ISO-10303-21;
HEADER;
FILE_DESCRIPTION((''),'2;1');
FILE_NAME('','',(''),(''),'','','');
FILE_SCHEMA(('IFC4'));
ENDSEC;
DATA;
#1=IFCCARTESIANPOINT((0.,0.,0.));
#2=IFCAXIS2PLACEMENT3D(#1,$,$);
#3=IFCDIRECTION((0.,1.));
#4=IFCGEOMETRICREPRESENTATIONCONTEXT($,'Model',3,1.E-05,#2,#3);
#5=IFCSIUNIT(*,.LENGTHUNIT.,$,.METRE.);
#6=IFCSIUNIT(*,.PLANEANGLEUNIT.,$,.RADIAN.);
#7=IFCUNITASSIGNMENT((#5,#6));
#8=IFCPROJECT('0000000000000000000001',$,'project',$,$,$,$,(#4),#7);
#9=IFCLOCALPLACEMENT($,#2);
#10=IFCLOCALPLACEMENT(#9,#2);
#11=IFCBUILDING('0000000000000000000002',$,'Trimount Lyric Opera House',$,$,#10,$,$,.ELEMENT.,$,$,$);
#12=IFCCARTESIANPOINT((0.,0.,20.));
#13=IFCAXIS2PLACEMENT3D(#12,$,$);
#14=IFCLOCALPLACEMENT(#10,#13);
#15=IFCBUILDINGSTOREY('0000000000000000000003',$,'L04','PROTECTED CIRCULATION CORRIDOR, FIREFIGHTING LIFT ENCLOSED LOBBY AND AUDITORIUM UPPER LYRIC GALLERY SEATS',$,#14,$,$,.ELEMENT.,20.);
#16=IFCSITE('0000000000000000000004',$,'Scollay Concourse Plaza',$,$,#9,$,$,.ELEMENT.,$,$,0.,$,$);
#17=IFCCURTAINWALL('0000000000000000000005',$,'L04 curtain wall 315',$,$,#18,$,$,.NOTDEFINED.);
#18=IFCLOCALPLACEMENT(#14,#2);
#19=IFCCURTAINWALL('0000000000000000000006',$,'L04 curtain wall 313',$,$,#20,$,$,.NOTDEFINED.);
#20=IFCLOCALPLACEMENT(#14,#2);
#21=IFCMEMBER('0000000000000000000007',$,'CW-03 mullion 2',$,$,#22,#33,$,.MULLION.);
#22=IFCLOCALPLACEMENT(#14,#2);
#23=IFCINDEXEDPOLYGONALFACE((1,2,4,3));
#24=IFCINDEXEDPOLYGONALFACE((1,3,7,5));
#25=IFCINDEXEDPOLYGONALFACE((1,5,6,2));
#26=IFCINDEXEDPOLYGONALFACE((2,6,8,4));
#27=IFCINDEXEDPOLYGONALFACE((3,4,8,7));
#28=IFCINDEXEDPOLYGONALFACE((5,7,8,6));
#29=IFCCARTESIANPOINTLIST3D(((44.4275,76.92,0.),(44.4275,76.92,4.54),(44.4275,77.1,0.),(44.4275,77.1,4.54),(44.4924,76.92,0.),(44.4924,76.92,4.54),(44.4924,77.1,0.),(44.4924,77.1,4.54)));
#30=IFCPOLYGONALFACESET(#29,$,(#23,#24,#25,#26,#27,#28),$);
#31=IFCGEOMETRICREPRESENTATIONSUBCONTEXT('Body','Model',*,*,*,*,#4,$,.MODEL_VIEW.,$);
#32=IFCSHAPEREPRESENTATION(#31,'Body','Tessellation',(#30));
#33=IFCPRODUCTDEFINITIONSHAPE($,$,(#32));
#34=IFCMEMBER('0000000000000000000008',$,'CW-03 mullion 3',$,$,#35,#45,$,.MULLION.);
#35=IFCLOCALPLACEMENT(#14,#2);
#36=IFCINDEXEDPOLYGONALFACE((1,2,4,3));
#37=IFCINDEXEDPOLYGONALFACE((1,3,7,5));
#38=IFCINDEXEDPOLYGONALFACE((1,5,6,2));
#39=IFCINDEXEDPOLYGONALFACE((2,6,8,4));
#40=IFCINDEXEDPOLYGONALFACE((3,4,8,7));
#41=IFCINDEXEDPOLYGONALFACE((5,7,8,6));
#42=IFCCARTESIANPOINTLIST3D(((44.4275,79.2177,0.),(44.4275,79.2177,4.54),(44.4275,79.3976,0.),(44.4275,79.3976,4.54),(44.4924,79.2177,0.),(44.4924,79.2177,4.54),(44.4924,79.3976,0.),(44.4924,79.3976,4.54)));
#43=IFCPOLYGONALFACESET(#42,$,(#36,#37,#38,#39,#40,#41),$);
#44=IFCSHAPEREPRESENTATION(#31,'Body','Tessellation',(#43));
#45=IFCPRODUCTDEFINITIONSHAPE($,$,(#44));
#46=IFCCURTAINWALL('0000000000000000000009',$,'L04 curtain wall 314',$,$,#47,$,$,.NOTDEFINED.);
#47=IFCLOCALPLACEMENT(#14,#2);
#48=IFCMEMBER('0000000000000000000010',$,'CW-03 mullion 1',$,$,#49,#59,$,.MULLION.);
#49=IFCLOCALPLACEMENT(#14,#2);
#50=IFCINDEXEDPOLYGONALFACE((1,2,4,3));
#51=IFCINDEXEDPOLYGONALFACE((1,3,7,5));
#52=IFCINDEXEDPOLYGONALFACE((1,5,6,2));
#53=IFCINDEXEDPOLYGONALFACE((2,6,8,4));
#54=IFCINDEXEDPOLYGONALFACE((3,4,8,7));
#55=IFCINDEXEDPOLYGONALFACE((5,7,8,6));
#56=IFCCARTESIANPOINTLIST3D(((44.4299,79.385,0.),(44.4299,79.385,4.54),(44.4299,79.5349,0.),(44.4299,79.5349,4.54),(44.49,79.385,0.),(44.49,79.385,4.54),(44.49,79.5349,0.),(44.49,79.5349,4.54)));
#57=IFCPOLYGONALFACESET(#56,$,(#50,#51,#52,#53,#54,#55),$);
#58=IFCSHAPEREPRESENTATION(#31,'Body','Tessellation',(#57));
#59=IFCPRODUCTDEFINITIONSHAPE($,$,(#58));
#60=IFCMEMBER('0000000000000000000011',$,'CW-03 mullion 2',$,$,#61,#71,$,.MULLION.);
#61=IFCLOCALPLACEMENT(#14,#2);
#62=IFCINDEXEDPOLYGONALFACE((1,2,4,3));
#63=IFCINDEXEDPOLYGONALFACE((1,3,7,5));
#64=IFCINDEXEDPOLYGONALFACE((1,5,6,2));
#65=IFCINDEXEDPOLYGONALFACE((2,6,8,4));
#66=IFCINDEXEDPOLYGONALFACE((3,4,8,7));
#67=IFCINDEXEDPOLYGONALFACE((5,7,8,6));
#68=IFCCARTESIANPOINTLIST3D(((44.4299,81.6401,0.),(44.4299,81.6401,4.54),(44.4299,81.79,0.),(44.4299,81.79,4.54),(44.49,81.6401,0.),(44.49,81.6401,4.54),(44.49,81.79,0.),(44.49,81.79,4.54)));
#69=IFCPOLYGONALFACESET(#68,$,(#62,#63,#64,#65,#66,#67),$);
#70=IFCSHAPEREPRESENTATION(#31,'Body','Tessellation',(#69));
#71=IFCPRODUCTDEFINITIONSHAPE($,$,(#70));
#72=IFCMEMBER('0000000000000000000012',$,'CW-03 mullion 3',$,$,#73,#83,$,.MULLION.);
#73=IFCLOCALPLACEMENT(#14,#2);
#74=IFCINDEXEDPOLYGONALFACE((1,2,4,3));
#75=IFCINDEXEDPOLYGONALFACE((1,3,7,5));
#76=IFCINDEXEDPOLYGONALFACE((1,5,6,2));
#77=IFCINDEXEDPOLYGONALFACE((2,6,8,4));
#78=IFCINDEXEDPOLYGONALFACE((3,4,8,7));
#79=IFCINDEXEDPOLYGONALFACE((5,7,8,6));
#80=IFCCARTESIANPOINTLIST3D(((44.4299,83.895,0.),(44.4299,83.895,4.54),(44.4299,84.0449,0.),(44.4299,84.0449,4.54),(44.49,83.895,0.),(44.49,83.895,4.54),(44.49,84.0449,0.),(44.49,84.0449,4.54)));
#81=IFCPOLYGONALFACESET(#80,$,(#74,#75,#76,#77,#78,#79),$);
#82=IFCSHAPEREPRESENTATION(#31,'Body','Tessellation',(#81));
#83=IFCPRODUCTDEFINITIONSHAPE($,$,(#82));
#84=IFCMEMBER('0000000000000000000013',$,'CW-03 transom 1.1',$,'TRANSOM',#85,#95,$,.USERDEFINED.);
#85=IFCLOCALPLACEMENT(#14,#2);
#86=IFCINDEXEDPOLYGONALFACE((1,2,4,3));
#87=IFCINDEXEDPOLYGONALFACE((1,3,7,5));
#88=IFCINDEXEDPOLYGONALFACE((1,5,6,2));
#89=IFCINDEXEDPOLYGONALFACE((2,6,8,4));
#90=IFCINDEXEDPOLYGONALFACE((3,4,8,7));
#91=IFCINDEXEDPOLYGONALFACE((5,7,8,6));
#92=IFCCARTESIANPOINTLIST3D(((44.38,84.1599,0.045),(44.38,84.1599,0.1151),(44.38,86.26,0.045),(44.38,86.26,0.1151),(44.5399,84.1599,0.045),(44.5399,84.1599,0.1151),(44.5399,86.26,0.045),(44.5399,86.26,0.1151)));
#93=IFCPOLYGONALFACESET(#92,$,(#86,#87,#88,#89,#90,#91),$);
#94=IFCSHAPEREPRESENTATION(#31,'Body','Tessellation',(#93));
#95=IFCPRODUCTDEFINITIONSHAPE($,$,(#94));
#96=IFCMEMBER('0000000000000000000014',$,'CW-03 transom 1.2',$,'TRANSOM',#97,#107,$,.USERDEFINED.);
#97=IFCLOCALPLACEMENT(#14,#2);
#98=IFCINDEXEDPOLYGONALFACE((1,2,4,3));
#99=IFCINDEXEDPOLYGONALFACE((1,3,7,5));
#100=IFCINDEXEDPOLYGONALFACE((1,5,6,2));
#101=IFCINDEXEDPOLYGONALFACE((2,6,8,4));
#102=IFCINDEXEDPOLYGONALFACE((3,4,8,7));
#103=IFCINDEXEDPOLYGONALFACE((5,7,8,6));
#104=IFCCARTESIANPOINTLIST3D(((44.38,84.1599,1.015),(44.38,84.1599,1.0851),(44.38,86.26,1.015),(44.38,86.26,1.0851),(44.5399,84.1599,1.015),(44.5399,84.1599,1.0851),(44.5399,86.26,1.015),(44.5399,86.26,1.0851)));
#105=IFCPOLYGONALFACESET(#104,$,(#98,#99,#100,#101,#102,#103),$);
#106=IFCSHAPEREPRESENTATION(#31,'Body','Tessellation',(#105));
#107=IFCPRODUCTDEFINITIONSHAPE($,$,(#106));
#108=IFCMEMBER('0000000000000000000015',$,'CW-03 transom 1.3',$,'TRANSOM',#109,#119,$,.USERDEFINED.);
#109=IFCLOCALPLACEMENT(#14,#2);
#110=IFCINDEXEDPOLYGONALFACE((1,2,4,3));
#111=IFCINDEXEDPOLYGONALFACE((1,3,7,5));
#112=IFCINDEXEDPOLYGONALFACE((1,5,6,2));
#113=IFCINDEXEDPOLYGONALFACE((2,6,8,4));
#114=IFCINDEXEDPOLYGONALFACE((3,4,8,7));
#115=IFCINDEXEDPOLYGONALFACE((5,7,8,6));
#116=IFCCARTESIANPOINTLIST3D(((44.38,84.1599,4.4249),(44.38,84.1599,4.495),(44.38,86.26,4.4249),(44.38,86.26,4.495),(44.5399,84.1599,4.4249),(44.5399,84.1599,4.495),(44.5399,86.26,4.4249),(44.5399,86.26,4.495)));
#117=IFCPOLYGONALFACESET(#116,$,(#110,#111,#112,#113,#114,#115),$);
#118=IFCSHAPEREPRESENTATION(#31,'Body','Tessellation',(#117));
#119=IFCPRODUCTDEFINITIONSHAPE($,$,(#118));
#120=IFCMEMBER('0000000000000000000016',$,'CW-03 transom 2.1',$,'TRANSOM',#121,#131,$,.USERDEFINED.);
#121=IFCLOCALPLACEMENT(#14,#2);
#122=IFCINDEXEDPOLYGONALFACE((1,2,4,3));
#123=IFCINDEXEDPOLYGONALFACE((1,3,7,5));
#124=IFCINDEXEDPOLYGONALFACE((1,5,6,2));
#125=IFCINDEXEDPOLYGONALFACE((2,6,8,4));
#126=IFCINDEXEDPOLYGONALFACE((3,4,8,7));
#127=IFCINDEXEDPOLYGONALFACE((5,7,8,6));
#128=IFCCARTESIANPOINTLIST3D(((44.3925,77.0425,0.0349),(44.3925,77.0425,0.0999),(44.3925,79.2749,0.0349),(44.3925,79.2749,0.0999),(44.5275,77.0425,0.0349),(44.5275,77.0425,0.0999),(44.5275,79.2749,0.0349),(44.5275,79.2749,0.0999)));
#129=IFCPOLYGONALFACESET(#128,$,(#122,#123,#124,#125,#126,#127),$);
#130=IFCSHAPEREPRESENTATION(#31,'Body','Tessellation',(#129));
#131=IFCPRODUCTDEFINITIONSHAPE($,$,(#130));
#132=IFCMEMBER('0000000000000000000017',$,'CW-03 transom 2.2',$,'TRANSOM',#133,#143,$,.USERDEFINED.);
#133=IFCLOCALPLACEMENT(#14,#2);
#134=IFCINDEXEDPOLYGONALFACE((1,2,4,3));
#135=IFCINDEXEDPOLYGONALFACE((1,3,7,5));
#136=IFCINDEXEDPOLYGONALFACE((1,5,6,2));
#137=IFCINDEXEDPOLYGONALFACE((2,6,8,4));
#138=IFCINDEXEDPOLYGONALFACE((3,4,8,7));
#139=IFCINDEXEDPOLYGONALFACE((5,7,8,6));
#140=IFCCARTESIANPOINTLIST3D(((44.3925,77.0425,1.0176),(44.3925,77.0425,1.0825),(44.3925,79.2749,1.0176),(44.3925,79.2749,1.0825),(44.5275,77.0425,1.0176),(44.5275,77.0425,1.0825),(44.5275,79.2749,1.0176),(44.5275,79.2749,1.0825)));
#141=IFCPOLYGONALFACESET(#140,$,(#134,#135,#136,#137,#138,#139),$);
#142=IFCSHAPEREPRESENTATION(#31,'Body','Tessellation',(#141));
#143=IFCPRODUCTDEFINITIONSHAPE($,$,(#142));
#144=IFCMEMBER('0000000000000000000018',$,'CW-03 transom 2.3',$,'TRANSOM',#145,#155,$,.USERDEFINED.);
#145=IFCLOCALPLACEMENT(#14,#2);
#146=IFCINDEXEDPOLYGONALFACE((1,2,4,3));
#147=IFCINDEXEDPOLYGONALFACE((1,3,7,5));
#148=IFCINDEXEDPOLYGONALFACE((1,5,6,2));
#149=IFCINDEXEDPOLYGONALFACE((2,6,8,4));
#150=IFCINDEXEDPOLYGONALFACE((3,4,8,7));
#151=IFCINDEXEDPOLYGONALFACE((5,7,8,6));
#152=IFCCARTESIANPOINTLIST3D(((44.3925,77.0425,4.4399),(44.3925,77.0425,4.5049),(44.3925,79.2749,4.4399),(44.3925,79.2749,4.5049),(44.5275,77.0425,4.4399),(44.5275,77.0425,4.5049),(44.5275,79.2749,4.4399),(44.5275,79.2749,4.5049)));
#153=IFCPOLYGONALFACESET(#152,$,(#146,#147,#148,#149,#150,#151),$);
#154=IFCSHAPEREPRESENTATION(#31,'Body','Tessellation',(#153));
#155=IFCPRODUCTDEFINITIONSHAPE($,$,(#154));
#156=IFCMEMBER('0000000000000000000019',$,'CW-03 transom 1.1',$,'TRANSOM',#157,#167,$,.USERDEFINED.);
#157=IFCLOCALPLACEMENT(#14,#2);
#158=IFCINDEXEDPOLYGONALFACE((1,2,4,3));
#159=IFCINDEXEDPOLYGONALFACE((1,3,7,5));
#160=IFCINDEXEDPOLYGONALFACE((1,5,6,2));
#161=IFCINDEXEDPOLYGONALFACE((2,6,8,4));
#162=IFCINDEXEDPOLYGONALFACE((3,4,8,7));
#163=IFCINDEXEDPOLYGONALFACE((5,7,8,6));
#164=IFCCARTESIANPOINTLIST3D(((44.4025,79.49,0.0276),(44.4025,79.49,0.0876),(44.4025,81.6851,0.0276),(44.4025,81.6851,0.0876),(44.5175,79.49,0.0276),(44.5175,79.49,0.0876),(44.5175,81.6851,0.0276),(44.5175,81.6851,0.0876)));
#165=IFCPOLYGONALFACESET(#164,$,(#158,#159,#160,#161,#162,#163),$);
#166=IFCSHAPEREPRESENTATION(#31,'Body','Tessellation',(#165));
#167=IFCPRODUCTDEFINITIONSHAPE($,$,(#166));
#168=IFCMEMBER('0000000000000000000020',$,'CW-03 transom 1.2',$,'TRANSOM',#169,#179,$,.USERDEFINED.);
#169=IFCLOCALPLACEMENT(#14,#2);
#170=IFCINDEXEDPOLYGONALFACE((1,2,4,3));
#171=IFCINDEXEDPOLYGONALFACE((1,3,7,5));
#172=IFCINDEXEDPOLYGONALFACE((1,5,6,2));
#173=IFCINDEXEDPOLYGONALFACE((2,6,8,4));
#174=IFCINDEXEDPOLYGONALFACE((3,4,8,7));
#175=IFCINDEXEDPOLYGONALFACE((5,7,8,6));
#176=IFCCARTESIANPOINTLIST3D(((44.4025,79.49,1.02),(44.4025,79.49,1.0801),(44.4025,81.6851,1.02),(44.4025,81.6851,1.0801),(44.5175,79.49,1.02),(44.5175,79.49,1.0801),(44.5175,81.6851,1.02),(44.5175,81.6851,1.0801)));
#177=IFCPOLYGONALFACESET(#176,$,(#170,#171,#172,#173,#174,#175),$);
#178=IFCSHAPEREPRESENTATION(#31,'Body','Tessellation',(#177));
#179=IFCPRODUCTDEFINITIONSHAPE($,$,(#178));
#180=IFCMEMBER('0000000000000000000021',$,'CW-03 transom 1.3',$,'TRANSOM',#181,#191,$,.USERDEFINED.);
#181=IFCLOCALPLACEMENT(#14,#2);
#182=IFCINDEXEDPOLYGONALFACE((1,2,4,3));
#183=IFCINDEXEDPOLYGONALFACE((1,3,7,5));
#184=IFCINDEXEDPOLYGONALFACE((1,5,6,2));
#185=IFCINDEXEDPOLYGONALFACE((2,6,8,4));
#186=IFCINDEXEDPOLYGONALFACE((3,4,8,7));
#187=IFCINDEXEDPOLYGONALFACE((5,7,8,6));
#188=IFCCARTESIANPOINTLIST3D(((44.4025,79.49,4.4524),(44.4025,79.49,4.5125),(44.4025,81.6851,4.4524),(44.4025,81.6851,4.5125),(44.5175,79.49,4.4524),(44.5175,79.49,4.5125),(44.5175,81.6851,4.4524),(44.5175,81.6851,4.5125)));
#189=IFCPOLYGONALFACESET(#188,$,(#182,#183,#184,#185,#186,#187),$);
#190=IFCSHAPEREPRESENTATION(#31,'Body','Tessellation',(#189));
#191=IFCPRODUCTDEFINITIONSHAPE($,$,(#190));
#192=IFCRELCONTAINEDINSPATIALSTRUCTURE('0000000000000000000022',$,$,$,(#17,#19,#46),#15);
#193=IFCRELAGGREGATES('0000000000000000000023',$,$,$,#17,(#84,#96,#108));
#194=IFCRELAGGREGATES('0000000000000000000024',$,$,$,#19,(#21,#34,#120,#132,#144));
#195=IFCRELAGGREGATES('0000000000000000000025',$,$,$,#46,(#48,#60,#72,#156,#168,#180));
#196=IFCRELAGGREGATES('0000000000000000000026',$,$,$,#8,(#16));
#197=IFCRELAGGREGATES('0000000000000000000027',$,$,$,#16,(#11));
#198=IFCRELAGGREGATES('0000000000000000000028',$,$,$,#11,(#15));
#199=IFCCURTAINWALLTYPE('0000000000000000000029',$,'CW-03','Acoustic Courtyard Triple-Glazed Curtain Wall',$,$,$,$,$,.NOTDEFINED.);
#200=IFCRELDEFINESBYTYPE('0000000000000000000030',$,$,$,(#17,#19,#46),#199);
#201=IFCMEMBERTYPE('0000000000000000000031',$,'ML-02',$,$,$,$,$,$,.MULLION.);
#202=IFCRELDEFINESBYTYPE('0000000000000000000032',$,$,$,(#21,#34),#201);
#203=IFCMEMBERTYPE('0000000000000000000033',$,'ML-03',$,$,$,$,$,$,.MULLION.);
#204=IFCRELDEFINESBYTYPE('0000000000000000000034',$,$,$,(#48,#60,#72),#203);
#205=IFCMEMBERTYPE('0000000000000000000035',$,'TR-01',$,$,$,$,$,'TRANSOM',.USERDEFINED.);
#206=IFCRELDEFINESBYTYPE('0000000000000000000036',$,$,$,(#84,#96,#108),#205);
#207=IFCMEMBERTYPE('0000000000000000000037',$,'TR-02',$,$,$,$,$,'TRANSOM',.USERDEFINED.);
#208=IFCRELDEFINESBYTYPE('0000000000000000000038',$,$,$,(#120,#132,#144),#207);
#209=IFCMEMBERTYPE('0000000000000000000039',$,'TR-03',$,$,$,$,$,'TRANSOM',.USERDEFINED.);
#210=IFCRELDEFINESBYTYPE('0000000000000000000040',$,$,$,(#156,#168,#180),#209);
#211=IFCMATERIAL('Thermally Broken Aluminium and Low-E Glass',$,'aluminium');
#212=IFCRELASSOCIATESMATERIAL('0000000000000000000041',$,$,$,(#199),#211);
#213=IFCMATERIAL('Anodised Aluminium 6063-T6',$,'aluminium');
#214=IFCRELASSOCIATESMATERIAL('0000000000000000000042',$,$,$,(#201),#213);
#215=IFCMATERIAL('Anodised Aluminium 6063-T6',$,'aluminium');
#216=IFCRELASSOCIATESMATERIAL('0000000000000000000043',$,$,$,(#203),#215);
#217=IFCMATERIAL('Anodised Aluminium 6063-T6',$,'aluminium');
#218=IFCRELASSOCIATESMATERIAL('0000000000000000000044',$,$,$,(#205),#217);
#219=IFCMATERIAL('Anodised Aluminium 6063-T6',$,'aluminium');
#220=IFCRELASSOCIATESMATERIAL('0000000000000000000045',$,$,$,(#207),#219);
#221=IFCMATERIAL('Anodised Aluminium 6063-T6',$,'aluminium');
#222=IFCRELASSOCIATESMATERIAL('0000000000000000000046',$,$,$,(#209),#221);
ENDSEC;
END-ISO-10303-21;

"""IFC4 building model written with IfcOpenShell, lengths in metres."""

from ifc_helpers import new_model, si_unit, direction, frame, origin, origin_2d, place, context, subcontext, project, spatial, rectangle, extrude, material, material_profile, profile_set, type_object, element, aggregate, save


model = new_model("IFC4")

# Units and contexts
model_context = context("Model", 3, precision=1e-05, world=origin(), true_north=direction((0.0, 1.0)))
body_context = subcontext(model_context, "Body", "Model", "MODEL_VIEW")
ifc_project = project(units=[si_unit("LENGTHUNIT", "METRE"), si_unit("PLANEANGLEUNIT", "RADIAN")], contexts=[model_context])

# Site, building, storey
site_placement = place(None, origin())
site = spatial("IfcSite", under=ifc_project, at=site_placement, Name="Scollay Concourse Plaza", CompositionType="ELEMENT", RefElevation=0.0)
building_placement = place(site_placement, origin())
building = spatial("IfcBuilding", under=site, at=building_placement, Name="Trimount Lyric Opera House", CompositionType="ELEMENT")
storey_placement = place(building_placement, frame((0.0, 0.0, 20.0)))
storey = spatial("IfcBuildingStorey", under=building, at=storey_placement, Name="L04", Description="PROTECTED CIRCULATION CORRIDOR, FIREFIGHTING LIFT ENCLOSED LOBBY AND AUDITORIUM UPPER LYRIC GALLERY SEATS", CompositionType="ELEMENT", Elevation=20.0)

# Curtain wall
ifc_material_1 = material(Name="Thermally Broken Aluminium and Low-E Glass", Category="aluminium")
curtain_wall_type = type_object("IfcCurtainWallType", Name="CW-03", Description="Acoustic Courtyard Triple-Glazed Curtain Wall", PredefinedType="NOTDEFINED", material=ifc_material_1)
curtain_wall_1_placement = place(storey_placement, origin())
curtain_wall_1 = element("IfcCurtainWall", 1, at=curtain_wall_1_placement, inside=storey, type_object=curtain_wall_type, Name="L04 curtain wall 315", PredefinedType="NOTDEFINED")

# Curtain walls, members
curtain_wall_2_placement = place(storey_placement, origin())
curtain_wall_2 = element("IfcCurtainWall", 2, at=curtain_wall_2_placement, inside=storey, type_object=curtain_wall_type, Name="L04 curtain wall 313", PredefinedType="NOTDEFINED")
ifc_material_2 = material(Name="Anodised Aluminium 6063-T6", Category="aluminium")
ifc_material_profile_1 = material_profile(ifc_material_2, rectangle(XDim=0.0649, YDim=0.1799, at=origin_2d()), Name="ALU-MULL-65X180")
ifc_profile_set_1 = profile_set([ifc_material_profile_1], Name="Anodised Aluminium 6063-T6")
member_type_1 = type_object("IfcMemberType", Name="ML-02", PredefinedType="MULLION", material=ifc_profile_set_1)
member_1_placement = place(storey_placement, frame((44.46, 77.01, 0.0), z_axis=(0.0, 0.0, 1.0), x_axis=(-1.0, 0.0, 0.0)))
member_1 = element("IfcMember", 3, at=member_1_placement, type_object=member_type_1, Name="CW-03 mullion 2", PredefinedType="MULLION", context=body_context, shape_type="SweptSolid", body=[
    extrude(rectangle(XDim=0.0649, YDim=0.1799, at=origin_2d()), origin(), (0.0, 0.0, 1.0), 4.54),
])
member_2_placement = place(storey_placement, frame((44.46, 79.3076, 0.0), z_axis=(0.0, 0.0, 1.0), x_axis=(-1.0, 0.0, 0.0)))
member_2 = element("IfcMember", 4, at=member_2_placement, type_object=member_type_1, Name="CW-03 mullion 3", PredefinedType="MULLION", context=body_context, shape_type="SweptSolid", body=[
    extrude(rectangle(XDim=0.0649, YDim=0.1799, at=origin_2d()), origin(), (0.0, 0.0, 1.0), 4.54),
])
curtain_wall_3_placement = place(storey_placement, origin())
curtain_wall_3 = element("IfcCurtainWall", 5, at=curtain_wall_3_placement, inside=storey, type_object=curtain_wall_type, Name="L04 curtain wall 314", PredefinedType="NOTDEFINED")
ifc_material_3 = material(Name="Anodised Aluminium 6063-T6", Category="aluminium")
ifc_material_profile_2 = material_profile(ifc_material_3, rectangle(XDim=0.0601, YDim=0.1499, at=origin_2d()), Name="ALU-MULL-60X150")
ifc_profile_set_2 = profile_set([ifc_material_profile_2], Name="Anodised Aluminium 6063-T6")
member_type_2 = type_object("IfcMemberType", Name="ML-03", PredefinedType="MULLION", material=ifc_profile_set_2)
member_3_placement = place(storey_placement, frame((44.46, 79.46, 0.0), z_axis=(0.0, 0.0, 1.0), x_axis=(-1.0, 0.0, 0.0)))
member_3 = element("IfcMember", 6, at=member_3_placement, type_object=member_type_2, Name="CW-03 mullion 1", PredefinedType="MULLION", context=body_context, shape_type="SweptSolid", body=[
    extrude(rectangle(XDim=0.0601, YDim=0.1499, at=origin_2d()), origin(), (0.0, 0.0, 1.0), 4.54),
])
member_4_placement = place(storey_placement, frame((44.46, 81.7151, 0.0), z_axis=(0.0, 0.0, 1.0), x_axis=(-1.0, 0.0, 0.0)))
member_4 = element("IfcMember", 7, at=member_4_placement, type_object=member_type_2, Name="CW-03 mullion 2", PredefinedType="MULLION", context=body_context, shape_type="SweptSolid", body=[
    extrude(rectangle(XDim=0.0601, YDim=0.1499, at=origin_2d()), origin(), (0.0, 0.0, 1.0), 4.54),
])
member_5_placement = place(storey_placement, frame((44.46, 83.97, 0.0), z_axis=(0.0, 0.0, 1.0), x_axis=(-1.0, 0.0, 0.0)))
member_5 = element("IfcMember", 8, at=member_5_placement, type_object=member_type_2, Name="CW-03 mullion 3", PredefinedType="MULLION", context=body_context, shape_type="SweptSolid", body=[
    extrude(rectangle(XDim=0.0601, YDim=0.1499, at=origin_2d()), origin(), (0.0, 0.0, 1.0), 4.54),
])

# Members
ifc_material_4 = material(Name="Anodised Aluminium 6063-T6", Category="aluminium")
ifc_material_profile_3 = material_profile(ifc_material_4, rectangle(XDim=0.1599, YDim=0.0701, at=origin_2d()), Name="ALU-TRAN-70X160")
ifc_profile_set_3 = profile_set([ifc_material_profile_3], Name="Anodised Aluminium 6063-T6")
member_type_3 = type_object("IfcMemberType", Name="TR-01", ElementType="TRANSOM", PredefinedType="USERDEFINED", material=ifc_profile_set_3)
member_6_placement = place(storey_placement, frame((44.46, 84.1599, 0.0801), z_axis=(0.0, 1.0, 0.0), x_axis=(-1.0, 0.0, 0.0)))
member_6 = element("IfcMember", 9, at=member_6_placement, type_object=member_type_3, Name="CW-03 transom 1.1", ObjectType="TRANSOM", PredefinedType="USERDEFINED", context=body_context, shape_type="SweptSolid", body=[
    extrude(rectangle(XDim=0.1599, YDim=0.0701, at=origin_2d()), origin(), (0.0, 0.0, 1.0), 2.1001),
])
member_7_placement = place(storey_placement, frame((44.46, 84.1599, 1.05), z_axis=(0.0, 1.0, 0.0), x_axis=(-1.0, 0.0, 0.0)))
member_7 = element("IfcMember", 10, at=member_7_placement, type_object=member_type_3, Name="CW-03 transom 1.2", ObjectType="TRANSOM", PredefinedType="USERDEFINED", context=body_context, shape_type="SweptSolid", body=[
    extrude(rectangle(XDim=0.1599, YDim=0.0701, at=origin_2d()), origin(), (0.0, 0.0, 1.0), 2.1001),
])
member_8_placement = place(storey_placement, frame((44.46, 84.1599, 4.46), z_axis=(0.0, 1.0, 0.0), x_axis=(-1.0, 0.0, 0.0)))
member_8 = element("IfcMember", 11, at=member_8_placement, type_object=member_type_3, Name="CW-03 transom 1.3", ObjectType="TRANSOM", PredefinedType="USERDEFINED", context=body_context, shape_type="SweptSolid", body=[
    extrude(rectangle(XDim=0.1599, YDim=0.0701, at=origin_2d()), origin(), (0.0, 0.0, 1.0), 2.1001),
])
aggregate(curtain_wall_1, [member_6, member_7, member_8])
ifc_material_5 = material(Name="Anodised Aluminium 6063-T6", Category="aluminium")
ifc_material_profile_4 = material_profile(ifc_material_5, rectangle(XDim=0.135, YDim=0.0649, at=origin_2d()), Name="ALU-TRAN-65X135")
ifc_profile_set_4 = profile_set([ifc_material_profile_4], Name="Anodised Aluminium 6063-T6")
member_type_4 = type_object("IfcMemberType", Name="TR-02", ElementType="TRANSOM", PredefinedType="USERDEFINED", material=ifc_profile_set_4)
member_9_placement = place(storey_placement, frame((44.46, 77.0425, 0.0674), z_axis=(0.0, 1.0, 0.0), x_axis=(-1.0, 0.0, 0.0)))
member_9 = element("IfcMember", 12, at=member_9_placement, type_object=member_type_4, Name="CW-03 transom 2.1", ObjectType="TRANSOM", PredefinedType="USERDEFINED", context=body_context, shape_type="SweptSolid", body=[
    extrude(rectangle(XDim=0.135, YDim=0.0649, at=origin_2d()), origin(), (0.0, 0.0, 1.0), 2.2324),
])
member_10_placement = place(storey_placement, frame((44.46, 77.0425, 1.05), z_axis=(0.0, 1.0, 0.0), x_axis=(-1.0, 0.0, 0.0)))
member_10 = element("IfcMember", 13, at=member_10_placement, type_object=member_type_4, Name="CW-03 transom 2.2", ObjectType="TRANSOM", PredefinedType="USERDEFINED", context=body_context, shape_type="SweptSolid", body=[
    extrude(rectangle(XDim=0.135, YDim=0.0649, at=origin_2d()), origin(), (0.0, 0.0, 1.0), 2.2324),
])
member_11_placement = place(storey_placement, frame((44.46, 77.0425, 4.4724), z_axis=(0.0, 1.0, 0.0), x_axis=(-1.0, 0.0, 0.0)))
member_11 = element("IfcMember", 14, at=member_11_placement, type_object=member_type_4, Name="CW-03 transom 2.3", ObjectType="TRANSOM", PredefinedType="USERDEFINED", context=body_context, shape_type="SweptSolid", body=[
    extrude(rectangle(XDim=0.135, YDim=0.0649, at=origin_2d()), origin(), (0.0, 0.0, 1.0), 2.2324),
])
ifc_material_6 = material(Name="Anodised Aluminium 6063-T6", Category="aluminium")
ifc_material_profile_5 = material_profile(ifc_material_6, rectangle(XDim=0.115, YDim=0.0601, at=origin_2d()), Name="ALU-TRAN-60X115")
ifc_profile_set_5 = profile_set([ifc_material_profile_5], Name="Anodised Aluminium 6063-T6")
member_type_5 = type_object("IfcMemberType", Name="TR-03", ElementType="TRANSOM", PredefinedType="USERDEFINED", material=ifc_profile_set_5)
member_12_placement = place(storey_placement, frame((44.46, 79.49, 0.0576), z_axis=(0.0, 1.0, 0.0), x_axis=(-1.0, 0.0, 0.0)))
member_12 = element("IfcMember", 15, at=member_12_placement, type_object=member_type_5, Name="CW-03 transom 1.1", ObjectType="TRANSOM", PredefinedType="USERDEFINED", context=body_context, shape_type="SweptSolid", body=[
    extrude(rectangle(XDim=0.115, YDim=0.0601, at=origin_2d()), origin(), (0.0, 0.0, 1.0), 2.1951),
])
member_13_placement = place(storey_placement, frame((44.46, 79.49, 1.05), z_axis=(0.0, 1.0, 0.0), x_axis=(-1.0, 0.0, 0.0)))
member_13 = element("IfcMember", 16, at=member_13_placement, type_object=member_type_5, Name="CW-03 transom 1.2", ObjectType="TRANSOM", PredefinedType="USERDEFINED", context=body_context, shape_type="SweptSolid", body=[
    extrude(rectangle(XDim=0.115, YDim=0.0601, at=origin_2d()), origin(), (0.0, 0.0, 1.0), 2.1951),
])
member_14_placement = place(storey_placement, frame((44.46, 79.49, 4.4824), z_axis=(0.0, 1.0, 0.0), x_axis=(-1.0, 0.0, 0.0)))
member_14 = element("IfcMember", 17, at=member_14_placement, type_object=member_type_5, Name="CW-03 transom 1.3", ObjectType="TRANSOM", PredefinedType="USERDEFINED", context=body_context, shape_type="SweptSolid", body=[
    extrude(rectangle(XDim=0.115, YDim=0.0601, at=origin_2d()), origin(), (0.0, 0.0, 1.0), 2.1951),
])

aggregate(curtain_wall_2, [member_1, member_2, member_9, member_10, member_11])
aggregate(curtain_wall_3, [member_3, member_4, member_5, member_12, member_13, member_14])

save(model, "model.ifc")
